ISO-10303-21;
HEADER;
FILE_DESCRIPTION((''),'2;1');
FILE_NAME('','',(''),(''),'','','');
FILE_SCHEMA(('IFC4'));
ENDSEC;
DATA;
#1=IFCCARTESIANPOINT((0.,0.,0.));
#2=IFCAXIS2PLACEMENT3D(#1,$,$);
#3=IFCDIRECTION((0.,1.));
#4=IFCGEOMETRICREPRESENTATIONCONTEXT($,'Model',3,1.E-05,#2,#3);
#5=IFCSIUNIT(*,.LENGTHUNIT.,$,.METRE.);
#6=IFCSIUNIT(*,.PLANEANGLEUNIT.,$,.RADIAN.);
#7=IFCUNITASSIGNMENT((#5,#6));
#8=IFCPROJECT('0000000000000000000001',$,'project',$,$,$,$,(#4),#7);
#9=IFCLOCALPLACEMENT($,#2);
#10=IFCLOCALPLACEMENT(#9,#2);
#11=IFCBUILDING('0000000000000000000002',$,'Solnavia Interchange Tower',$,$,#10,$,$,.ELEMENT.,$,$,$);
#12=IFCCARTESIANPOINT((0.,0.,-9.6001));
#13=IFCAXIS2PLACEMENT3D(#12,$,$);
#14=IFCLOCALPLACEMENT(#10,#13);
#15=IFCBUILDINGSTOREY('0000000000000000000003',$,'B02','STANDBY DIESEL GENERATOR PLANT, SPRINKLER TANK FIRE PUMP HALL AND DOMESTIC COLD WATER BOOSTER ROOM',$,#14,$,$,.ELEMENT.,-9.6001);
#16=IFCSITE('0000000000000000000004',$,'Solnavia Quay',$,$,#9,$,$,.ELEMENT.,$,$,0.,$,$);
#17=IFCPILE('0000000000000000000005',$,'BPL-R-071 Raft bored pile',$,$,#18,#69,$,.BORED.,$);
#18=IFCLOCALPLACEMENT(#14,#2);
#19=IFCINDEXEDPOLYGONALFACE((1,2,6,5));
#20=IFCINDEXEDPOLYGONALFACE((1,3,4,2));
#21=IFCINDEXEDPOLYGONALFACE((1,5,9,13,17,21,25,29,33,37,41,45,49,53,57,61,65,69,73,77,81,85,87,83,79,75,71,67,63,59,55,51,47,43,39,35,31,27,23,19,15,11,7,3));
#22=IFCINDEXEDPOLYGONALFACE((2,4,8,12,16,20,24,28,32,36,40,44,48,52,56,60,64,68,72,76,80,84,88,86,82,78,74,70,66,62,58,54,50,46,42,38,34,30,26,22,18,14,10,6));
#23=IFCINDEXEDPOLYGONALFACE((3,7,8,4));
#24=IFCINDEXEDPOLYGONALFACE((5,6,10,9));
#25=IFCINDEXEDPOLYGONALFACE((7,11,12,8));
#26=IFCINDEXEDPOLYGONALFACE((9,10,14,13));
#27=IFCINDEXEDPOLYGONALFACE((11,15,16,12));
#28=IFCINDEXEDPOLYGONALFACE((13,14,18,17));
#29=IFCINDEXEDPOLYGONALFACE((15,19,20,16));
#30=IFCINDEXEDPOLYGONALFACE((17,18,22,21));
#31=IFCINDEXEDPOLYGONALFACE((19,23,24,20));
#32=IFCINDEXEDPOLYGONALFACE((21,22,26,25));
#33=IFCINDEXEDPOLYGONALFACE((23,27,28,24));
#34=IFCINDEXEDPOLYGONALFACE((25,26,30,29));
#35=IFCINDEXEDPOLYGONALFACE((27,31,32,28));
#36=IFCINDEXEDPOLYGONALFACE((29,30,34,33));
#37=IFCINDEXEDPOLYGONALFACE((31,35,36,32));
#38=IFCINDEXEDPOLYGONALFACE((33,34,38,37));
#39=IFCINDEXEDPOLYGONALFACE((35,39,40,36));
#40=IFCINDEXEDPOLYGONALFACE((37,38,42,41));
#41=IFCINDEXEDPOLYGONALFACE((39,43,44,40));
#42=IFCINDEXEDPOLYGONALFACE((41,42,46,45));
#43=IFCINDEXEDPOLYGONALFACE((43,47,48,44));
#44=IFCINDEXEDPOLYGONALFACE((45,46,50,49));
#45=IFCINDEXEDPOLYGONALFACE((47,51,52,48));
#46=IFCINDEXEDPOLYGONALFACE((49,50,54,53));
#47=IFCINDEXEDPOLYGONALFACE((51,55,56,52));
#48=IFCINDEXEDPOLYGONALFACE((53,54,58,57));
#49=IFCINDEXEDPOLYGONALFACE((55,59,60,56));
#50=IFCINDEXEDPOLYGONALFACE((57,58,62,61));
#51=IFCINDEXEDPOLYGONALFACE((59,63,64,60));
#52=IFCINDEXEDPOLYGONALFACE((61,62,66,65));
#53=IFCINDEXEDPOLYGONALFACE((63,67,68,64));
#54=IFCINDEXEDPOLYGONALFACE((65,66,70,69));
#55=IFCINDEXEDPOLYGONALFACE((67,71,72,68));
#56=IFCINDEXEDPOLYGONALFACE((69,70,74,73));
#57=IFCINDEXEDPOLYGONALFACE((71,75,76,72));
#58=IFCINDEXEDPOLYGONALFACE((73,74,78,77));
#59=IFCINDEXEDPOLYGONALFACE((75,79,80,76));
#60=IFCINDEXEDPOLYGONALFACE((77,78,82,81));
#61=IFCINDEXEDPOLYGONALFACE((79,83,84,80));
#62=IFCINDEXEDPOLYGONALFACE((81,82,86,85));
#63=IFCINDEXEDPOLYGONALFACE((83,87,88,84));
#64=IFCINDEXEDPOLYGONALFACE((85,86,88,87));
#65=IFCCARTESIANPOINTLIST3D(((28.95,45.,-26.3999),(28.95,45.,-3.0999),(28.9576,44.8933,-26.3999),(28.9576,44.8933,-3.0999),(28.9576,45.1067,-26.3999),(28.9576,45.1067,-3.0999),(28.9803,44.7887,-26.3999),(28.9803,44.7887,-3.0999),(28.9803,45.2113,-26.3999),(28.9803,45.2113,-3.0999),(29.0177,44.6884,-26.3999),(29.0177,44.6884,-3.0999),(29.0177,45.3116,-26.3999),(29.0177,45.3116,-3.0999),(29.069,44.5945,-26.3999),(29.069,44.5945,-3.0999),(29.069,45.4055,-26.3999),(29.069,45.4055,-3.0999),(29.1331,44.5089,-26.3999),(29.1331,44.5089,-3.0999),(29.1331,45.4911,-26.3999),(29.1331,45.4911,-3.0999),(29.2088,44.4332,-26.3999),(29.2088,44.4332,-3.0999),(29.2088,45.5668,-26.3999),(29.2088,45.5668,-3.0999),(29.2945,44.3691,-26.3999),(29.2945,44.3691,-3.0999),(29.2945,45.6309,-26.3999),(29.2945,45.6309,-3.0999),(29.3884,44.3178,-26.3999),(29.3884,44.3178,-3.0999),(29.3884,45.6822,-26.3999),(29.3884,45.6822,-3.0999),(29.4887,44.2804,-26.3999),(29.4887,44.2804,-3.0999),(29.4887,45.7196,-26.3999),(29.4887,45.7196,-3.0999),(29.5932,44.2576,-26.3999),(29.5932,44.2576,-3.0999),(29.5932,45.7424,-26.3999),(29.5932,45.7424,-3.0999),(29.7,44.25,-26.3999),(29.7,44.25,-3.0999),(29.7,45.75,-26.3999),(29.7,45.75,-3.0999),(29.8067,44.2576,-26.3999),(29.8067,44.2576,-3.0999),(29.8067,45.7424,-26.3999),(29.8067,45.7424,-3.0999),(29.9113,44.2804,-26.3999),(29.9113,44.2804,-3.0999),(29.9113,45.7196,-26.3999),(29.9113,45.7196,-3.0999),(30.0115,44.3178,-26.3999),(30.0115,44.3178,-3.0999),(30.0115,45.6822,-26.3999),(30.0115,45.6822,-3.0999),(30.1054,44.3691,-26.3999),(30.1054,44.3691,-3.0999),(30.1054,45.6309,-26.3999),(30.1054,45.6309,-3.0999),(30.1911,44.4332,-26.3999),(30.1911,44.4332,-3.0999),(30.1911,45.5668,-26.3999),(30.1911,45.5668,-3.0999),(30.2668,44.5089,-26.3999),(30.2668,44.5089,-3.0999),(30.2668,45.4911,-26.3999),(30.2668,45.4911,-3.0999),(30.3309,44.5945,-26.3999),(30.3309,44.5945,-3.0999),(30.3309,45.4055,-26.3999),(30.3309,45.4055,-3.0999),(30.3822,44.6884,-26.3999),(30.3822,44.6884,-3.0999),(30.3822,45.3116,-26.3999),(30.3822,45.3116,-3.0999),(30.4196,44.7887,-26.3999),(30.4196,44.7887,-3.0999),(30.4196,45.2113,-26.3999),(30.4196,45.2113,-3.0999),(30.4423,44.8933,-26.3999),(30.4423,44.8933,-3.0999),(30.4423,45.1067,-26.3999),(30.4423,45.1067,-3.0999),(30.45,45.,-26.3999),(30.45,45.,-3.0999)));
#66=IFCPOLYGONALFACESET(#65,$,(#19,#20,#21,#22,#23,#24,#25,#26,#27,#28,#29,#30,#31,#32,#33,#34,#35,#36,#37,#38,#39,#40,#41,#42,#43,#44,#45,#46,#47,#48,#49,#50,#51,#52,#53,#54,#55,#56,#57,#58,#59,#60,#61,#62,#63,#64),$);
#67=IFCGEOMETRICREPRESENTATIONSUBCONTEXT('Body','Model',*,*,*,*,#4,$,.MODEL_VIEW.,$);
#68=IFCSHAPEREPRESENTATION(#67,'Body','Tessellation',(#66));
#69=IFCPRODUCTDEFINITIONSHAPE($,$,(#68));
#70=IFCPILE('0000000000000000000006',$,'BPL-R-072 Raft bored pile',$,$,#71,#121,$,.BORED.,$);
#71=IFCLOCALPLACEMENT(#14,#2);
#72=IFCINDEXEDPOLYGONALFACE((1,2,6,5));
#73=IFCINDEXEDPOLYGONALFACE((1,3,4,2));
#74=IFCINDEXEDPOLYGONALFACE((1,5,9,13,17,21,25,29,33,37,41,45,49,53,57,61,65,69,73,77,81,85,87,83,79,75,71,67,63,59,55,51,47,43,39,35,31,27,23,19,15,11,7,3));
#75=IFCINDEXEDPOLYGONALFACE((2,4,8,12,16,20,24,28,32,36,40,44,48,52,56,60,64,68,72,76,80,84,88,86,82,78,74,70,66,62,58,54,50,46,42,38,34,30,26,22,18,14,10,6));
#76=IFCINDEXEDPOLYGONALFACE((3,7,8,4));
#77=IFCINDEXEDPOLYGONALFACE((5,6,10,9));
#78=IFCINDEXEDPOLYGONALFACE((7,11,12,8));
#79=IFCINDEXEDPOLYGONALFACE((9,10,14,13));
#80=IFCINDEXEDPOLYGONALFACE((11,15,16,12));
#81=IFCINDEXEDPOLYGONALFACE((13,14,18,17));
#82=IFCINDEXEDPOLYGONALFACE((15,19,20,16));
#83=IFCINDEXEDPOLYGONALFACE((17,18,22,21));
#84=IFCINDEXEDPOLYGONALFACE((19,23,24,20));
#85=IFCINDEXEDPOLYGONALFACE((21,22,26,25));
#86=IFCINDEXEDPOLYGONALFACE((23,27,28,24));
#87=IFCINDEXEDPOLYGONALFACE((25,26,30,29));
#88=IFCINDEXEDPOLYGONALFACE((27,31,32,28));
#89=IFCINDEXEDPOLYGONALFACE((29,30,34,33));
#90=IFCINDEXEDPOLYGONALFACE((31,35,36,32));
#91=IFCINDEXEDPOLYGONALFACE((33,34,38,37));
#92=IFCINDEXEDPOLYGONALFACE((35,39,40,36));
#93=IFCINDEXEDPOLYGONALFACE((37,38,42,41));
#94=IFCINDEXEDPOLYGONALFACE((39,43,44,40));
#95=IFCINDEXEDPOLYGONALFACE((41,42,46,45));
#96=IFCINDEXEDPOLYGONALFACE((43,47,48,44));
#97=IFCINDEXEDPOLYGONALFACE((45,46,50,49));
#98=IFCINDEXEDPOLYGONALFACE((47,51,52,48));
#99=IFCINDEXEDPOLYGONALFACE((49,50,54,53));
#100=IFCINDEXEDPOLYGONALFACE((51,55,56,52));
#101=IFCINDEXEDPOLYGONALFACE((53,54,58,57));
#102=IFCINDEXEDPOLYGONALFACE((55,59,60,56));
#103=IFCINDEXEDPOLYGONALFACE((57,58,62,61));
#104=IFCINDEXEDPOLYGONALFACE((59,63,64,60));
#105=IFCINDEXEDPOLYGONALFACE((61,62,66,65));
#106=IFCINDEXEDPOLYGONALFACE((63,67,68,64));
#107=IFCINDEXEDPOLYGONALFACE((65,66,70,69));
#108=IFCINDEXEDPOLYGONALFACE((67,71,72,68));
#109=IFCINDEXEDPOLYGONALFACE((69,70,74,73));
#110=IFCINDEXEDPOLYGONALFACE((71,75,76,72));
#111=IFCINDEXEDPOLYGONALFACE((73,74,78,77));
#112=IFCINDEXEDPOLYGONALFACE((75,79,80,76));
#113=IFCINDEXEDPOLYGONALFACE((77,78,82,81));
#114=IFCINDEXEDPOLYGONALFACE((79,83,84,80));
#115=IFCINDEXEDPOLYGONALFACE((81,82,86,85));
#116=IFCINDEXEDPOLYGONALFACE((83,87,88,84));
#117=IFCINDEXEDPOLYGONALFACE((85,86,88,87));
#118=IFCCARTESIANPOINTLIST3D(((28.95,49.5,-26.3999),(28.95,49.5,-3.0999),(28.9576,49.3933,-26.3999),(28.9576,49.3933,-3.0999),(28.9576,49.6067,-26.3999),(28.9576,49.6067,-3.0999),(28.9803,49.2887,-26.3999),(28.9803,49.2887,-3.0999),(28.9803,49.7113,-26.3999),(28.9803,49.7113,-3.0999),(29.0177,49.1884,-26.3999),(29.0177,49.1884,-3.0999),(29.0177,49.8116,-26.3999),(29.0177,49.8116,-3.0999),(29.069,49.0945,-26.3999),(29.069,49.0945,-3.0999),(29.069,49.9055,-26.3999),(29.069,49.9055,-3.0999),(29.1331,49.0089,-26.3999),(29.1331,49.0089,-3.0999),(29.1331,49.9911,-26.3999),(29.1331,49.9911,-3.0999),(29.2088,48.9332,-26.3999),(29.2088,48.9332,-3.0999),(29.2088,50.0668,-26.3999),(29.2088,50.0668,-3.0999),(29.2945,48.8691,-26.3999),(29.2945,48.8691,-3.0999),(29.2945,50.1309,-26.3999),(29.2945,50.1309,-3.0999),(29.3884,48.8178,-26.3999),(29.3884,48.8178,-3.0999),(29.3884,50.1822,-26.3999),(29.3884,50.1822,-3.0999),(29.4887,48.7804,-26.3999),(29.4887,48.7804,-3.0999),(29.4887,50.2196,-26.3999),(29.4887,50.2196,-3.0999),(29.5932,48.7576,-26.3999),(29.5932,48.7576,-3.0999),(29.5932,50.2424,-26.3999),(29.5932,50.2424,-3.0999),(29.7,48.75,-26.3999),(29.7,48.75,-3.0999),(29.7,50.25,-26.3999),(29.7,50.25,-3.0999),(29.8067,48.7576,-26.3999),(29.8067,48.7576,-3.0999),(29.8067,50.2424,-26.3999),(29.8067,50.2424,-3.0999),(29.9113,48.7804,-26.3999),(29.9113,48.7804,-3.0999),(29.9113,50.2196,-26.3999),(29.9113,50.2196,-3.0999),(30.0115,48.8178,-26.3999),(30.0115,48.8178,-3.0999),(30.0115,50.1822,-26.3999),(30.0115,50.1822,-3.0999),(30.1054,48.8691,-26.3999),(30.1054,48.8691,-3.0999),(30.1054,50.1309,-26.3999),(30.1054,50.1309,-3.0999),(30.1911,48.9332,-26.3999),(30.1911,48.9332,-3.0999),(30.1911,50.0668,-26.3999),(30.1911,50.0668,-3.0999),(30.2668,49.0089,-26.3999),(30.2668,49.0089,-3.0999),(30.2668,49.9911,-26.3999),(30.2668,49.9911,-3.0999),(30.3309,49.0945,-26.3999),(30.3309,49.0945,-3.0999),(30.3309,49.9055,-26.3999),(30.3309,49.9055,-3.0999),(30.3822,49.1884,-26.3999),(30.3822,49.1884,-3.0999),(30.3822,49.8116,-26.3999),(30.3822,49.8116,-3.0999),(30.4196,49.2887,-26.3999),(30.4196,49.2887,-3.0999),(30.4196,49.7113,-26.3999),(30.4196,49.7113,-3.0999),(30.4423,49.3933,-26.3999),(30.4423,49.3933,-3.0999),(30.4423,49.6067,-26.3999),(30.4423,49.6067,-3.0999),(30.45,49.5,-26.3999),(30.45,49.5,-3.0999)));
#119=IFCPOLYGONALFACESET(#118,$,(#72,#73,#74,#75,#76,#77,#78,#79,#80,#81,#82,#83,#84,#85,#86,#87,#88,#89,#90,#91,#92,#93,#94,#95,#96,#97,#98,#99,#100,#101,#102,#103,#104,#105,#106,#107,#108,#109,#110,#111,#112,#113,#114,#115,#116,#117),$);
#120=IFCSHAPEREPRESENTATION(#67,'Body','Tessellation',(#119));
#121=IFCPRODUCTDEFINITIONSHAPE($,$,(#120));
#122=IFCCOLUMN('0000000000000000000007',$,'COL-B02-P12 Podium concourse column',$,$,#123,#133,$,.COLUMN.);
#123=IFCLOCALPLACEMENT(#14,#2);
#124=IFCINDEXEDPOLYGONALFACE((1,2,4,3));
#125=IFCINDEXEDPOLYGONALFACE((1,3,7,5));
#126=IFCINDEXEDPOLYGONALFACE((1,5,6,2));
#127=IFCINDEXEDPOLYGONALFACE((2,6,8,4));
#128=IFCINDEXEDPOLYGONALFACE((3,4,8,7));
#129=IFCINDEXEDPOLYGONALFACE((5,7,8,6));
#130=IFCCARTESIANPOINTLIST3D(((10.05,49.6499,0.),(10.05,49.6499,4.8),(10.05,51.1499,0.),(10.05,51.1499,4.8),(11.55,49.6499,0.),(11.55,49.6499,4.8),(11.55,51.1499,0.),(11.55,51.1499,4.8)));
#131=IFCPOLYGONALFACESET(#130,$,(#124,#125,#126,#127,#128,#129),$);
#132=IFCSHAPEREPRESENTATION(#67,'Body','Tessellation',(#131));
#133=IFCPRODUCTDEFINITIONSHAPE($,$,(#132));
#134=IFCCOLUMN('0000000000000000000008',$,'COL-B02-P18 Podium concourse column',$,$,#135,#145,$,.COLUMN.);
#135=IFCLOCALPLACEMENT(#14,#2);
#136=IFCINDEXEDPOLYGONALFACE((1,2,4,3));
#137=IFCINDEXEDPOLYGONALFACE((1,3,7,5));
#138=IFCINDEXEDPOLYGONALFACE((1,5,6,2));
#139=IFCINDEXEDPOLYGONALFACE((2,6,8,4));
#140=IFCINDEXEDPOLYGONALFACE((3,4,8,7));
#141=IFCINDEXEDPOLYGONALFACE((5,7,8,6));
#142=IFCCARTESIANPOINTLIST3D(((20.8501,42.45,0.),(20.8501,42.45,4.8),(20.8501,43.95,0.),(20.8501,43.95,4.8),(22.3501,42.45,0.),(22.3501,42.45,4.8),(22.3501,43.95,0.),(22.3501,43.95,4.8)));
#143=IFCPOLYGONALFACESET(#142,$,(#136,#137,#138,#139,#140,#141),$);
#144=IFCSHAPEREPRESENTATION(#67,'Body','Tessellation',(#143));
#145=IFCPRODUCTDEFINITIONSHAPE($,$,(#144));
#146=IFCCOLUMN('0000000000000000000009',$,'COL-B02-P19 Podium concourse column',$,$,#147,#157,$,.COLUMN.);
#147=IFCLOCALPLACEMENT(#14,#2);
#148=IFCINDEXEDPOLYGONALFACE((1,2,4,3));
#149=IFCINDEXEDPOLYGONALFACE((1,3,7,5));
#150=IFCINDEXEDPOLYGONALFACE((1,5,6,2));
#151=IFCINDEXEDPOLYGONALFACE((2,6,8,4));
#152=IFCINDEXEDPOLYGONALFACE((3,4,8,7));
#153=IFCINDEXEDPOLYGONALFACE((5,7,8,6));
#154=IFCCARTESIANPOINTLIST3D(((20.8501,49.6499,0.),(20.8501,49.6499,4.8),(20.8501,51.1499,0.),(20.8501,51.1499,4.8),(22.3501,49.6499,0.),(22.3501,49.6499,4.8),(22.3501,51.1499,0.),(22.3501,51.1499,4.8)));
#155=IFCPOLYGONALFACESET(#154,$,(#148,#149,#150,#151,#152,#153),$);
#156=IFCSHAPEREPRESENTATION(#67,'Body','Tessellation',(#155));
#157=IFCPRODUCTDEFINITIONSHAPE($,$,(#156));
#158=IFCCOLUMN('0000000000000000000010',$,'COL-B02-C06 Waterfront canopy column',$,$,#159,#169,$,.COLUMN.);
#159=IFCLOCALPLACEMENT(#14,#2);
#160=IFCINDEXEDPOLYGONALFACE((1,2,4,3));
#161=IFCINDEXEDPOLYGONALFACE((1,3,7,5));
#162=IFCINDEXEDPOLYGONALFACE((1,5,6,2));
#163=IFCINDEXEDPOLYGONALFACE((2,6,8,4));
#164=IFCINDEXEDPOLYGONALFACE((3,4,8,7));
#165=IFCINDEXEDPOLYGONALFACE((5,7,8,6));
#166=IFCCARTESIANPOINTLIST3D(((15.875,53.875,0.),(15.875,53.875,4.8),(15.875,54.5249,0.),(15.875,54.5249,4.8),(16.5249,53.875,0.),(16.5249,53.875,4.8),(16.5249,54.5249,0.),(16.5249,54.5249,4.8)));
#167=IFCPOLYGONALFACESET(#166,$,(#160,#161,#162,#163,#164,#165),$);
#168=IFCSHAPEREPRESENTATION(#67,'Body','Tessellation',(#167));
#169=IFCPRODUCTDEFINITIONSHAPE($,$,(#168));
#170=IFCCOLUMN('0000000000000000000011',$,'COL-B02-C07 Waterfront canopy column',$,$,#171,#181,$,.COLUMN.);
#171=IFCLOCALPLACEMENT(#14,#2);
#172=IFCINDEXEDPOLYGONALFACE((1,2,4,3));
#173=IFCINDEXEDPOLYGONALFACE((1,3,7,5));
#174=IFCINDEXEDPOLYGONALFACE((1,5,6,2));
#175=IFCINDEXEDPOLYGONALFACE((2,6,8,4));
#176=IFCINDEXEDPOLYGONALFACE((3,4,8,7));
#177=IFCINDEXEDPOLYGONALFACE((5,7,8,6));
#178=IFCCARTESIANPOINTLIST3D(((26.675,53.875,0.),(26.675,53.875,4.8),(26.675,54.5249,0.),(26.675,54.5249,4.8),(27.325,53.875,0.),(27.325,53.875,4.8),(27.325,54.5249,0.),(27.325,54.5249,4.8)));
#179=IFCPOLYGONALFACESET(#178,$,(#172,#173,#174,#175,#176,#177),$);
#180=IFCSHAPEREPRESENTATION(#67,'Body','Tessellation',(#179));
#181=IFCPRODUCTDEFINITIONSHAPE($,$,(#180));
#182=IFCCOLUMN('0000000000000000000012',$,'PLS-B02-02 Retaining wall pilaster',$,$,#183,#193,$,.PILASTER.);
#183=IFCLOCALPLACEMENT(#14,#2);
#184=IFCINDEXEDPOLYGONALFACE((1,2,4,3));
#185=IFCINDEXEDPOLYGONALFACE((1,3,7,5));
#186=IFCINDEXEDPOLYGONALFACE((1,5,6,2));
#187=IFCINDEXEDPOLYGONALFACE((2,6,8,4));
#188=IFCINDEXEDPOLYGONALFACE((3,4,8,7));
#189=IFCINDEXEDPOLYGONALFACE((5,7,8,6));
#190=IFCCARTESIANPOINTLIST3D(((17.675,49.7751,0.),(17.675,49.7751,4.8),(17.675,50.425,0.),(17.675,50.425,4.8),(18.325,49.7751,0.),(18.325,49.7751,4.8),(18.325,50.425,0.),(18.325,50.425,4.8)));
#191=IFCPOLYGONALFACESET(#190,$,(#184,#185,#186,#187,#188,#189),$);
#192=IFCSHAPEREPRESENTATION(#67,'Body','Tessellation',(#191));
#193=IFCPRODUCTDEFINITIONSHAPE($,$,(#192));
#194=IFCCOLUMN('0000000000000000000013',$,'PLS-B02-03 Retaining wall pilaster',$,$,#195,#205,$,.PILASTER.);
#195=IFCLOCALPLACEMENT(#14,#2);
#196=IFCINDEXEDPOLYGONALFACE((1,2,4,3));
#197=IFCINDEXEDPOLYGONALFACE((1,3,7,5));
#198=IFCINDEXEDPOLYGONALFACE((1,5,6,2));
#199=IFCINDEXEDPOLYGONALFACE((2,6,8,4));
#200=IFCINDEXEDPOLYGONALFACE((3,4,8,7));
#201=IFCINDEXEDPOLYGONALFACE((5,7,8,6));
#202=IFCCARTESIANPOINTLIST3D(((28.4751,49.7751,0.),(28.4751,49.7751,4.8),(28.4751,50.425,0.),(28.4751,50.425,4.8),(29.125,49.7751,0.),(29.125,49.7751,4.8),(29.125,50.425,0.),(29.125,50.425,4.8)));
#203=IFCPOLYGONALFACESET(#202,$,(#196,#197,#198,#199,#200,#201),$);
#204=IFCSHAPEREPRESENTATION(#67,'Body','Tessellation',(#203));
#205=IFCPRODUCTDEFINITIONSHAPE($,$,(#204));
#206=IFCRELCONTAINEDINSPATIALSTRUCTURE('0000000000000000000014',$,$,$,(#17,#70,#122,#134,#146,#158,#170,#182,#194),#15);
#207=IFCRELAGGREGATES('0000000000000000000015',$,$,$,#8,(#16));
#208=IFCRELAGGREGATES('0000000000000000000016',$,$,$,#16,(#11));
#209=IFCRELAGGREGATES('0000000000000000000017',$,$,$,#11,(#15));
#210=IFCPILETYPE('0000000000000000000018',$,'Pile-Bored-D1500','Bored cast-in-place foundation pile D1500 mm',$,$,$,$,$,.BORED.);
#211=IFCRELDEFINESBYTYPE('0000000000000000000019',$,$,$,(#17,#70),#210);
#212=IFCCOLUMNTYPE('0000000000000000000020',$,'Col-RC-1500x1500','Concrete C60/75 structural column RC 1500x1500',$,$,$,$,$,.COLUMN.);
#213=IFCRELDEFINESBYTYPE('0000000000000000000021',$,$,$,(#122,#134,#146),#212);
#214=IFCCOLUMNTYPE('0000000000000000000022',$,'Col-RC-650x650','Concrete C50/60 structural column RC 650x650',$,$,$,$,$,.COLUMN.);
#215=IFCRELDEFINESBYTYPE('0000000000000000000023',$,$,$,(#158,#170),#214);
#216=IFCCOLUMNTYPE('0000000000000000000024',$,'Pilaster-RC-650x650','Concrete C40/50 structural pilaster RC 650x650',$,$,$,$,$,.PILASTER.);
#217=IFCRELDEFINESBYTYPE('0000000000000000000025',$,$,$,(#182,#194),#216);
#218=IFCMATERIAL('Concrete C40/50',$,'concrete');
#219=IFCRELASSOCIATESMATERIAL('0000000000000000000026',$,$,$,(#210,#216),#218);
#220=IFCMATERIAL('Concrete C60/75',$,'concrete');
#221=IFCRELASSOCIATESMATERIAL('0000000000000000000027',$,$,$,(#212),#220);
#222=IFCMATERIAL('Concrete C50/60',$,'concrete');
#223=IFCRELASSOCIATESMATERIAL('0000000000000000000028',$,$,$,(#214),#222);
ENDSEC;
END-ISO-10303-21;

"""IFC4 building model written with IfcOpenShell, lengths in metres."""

from ifc_helpers import new_model, si_unit, direction, frame, origin, origin_2d, place, context, subcontext, project, spatial, rectangle, circle, extrude, material, material_profile, profile_set, type_object, element, save


model = new_model("IFC4")

# Units and contexts
model_context = context("Model", 3, precision=1e-05, world=origin(), true_north=direction((0.0, 1.0)))
body_context = subcontext(model_context, "Body", "Model", "MODEL_VIEW")
ifc_project = project(units=[si_unit("LENGTHUNIT", "METRE"), si_unit("PLANEANGLEUNIT", "RADIAN")], contexts=[model_context])

# Site, building, storey
site_placement = place(None, origin())
site = spatial("IfcSite", under=ifc_project, at=site_placement, Name="Solnavia Quay", CompositionType="ELEMENT", RefElevation=0.0)
building_placement = place(site_placement, origin())
building = spatial("IfcBuilding", under=site, at=building_placement, Name="Solnavia Interchange Tower", CompositionType="ELEMENT")
storey_placement = place(building_placement, frame((0.0, 0.0, -9.6001)))
storey = spatial("IfcBuildingStorey", under=building, at=storey_placement, Name="B02", Description="STANDBY DIESEL GENERATOR PLANT, SPRINKLER TANK FIRE PUMP HALL AND DOMESTIC COLD WATER BOOSTER ROOM", CompositionType="ELEMENT", Elevation=-9.6001)

# Shared definitions
ifc_material_1 = material(Name="Concrete C40/50", Category="concrete")

# Piles
ifc_material_profile_1 = material_profile(ifc_material_1, circle(Radius=0.75, at=origin_2d()), Name="PILE D1500")
ifc_profile_set_1 = profile_set([ifc_material_profile_1], Name="Concrete C40/50")
pile_type = type_object("IfcPileType", Name="Pile-Bored-D1500", Description="Bored cast-in-place foundation pile D1500 mm", PredefinedType="BORED", material=ifc_profile_set_1)
for number, where, z_axis, x_axis, name in (
    (1, (29.7, 45.0, -3.0999), (0.0, 0.0, -1.0), (1.0, 0.0, 0.0), "BPL-R-071 Raft bored pile"),
    (2, (29.7, 49.5, -3.0999), (0.0, 0.0, -1.0), (1.0, 0.0, 0.0), "BPL-R-072 Raft bored pile"),
):
    element("IfcPile", number, at=place(storey_placement, frame(where, z_axis=z_axis, x_axis=x_axis)), inside=storey, type_object=pile_type, Name=name, PredefinedType="BORED", context=body_context, shape_type="SweptSolid", body=[
        extrude(circle(Radius=0.75, at=origin_2d()), origin(), (0.0, 0.0, 1.0), 23.3),
    ])

# Columns
ifc_material_2 = material(Name="Concrete C60/75", Category="concrete")
ifc_material_profile_2 = material_profile(ifc_material_2, rectangle(XDim=1.5, YDim=1.5, at=origin_2d()), Name="RC 1500x1500")
ifc_profile_set_2 = profile_set([ifc_material_profile_2], Name="Concrete C60/75")
column_type_1 = type_object("IfcColumnType", Name="Col-RC-1500x1500", Description="Concrete C60/75 structural column RC 1500x1500", PredefinedType="COLUMN", material=ifc_profile_set_2)
for number, where, z_axis, x_axis, name in (
    (3, (10.8, 50.3999, 0.0), (0.0, 0.0, 1.0), (1.0, 0.0, 0.0), "COL-B02-P12 Podium concourse column"),
    (4, (21.6001, 43.2, 0.0), (0.0, 0.0, 1.0), (1.0, 0.0, 0.0), "COL-B02-P18 Podium concourse column"),
    (5, (21.6001, 50.3999, 0.0), (0.0, 0.0, 1.0), (1.0, 0.0, 0.0), "COL-B02-P19 Podium concourse column"),
):
    element("IfcColumn", number, at=place(storey_placement, frame(where, z_axis=z_axis, x_axis=x_axis)), inside=storey, type_object=column_type_1, Name=name, PredefinedType="COLUMN", context=body_context, shape_type="SweptSolid", body=[
        extrude(rectangle(XDim=1.5, YDim=1.5, at=origin_2d()), origin(), (0.0, 0.0, 1.0), 4.8),
    ])
ifc_material_3 = material(Name="Concrete C50/60", Category="concrete")
ifc_material_profile_3 = material_profile(ifc_material_3, rectangle(XDim=0.6499, YDim=0.6499, at=origin_2d()), Name="RC 650x650")
ifc_profile_set_3 = profile_set([ifc_material_profile_3], Name="Concrete C50/60")
column_type_2 = type_object("IfcColumnType", Name="Col-RC-650x650", Description="Concrete C50/60 structural column RC 650x650", PredefinedType="COLUMN", material=ifc_profile_set_3)
for number, where, z_axis, x_axis, name in (
    (6, (16.2, 54.2, 0.0), (0.0, 0.0, 1.0), (1.0, 0.0, 0.0), "COL-B02-C06 Waterfront canopy column"),
    (7, (27.0, 54.2, 0.0), (0.0, 0.0, 1.0), (1.0, 0.0, 0.0), "COL-B02-C07 Waterfront canopy column"),
):
    element("IfcColumn", number, at=place(storey_placement, frame(where, z_axis=z_axis, x_axis=x_axis)), inside=storey, type_object=column_type_2, Name=name, PredefinedType="COLUMN", context=body_context, shape_type="SweptSolid", body=[
        extrude(rectangle(XDim=0.6499, YDim=0.6499, at=origin_2d()), origin(), (0.0, 0.0, 1.0), 4.8),
    ])
ifc_material_profile_4 = material_profile(ifc_material_1, rectangle(XDim=0.6499, YDim=0.6499, at=origin_2d()), Name="RC 650x650")
ifc_profile_set_4 = profile_set([ifc_material_profile_4], Name="Concrete C40/50")
column_type_3 = type_object("IfcColumnType", Name="Pilaster-RC-650x650", Description="Concrete C40/50 structural pilaster RC 650x650", PredefinedType="PILASTER", material=ifc_profile_set_4)
for number, where, z_axis, x_axis, name in (
    (8, (18.0, 50.1001, 0.0), (0.0, 0.0, 1.0), (1.0, 0.0, 0.0), "PLS-B02-02 Retaining wall pilaster"),
    (9, (28.8, 50.1001, 0.0), (0.0, 0.0, 1.0), (1.0, 0.0, 0.0), "PLS-B02-03 Retaining wall pilaster"),
):
    element("IfcColumn", number, at=place(storey_placement, frame(where, z_axis=z_axis, x_axis=x_axis)), inside=storey, type_object=column_type_3, Name=name, PredefinedType="PILASTER", context=body_context, shape_type="SweptSolid", body=[
        extrude(rectangle(XDim=0.6499, YDim=0.6499, at=origin_2d()), origin(), (0.0, 0.0, 1.0), 4.8),
    ])

save(model, "model.ifc")
